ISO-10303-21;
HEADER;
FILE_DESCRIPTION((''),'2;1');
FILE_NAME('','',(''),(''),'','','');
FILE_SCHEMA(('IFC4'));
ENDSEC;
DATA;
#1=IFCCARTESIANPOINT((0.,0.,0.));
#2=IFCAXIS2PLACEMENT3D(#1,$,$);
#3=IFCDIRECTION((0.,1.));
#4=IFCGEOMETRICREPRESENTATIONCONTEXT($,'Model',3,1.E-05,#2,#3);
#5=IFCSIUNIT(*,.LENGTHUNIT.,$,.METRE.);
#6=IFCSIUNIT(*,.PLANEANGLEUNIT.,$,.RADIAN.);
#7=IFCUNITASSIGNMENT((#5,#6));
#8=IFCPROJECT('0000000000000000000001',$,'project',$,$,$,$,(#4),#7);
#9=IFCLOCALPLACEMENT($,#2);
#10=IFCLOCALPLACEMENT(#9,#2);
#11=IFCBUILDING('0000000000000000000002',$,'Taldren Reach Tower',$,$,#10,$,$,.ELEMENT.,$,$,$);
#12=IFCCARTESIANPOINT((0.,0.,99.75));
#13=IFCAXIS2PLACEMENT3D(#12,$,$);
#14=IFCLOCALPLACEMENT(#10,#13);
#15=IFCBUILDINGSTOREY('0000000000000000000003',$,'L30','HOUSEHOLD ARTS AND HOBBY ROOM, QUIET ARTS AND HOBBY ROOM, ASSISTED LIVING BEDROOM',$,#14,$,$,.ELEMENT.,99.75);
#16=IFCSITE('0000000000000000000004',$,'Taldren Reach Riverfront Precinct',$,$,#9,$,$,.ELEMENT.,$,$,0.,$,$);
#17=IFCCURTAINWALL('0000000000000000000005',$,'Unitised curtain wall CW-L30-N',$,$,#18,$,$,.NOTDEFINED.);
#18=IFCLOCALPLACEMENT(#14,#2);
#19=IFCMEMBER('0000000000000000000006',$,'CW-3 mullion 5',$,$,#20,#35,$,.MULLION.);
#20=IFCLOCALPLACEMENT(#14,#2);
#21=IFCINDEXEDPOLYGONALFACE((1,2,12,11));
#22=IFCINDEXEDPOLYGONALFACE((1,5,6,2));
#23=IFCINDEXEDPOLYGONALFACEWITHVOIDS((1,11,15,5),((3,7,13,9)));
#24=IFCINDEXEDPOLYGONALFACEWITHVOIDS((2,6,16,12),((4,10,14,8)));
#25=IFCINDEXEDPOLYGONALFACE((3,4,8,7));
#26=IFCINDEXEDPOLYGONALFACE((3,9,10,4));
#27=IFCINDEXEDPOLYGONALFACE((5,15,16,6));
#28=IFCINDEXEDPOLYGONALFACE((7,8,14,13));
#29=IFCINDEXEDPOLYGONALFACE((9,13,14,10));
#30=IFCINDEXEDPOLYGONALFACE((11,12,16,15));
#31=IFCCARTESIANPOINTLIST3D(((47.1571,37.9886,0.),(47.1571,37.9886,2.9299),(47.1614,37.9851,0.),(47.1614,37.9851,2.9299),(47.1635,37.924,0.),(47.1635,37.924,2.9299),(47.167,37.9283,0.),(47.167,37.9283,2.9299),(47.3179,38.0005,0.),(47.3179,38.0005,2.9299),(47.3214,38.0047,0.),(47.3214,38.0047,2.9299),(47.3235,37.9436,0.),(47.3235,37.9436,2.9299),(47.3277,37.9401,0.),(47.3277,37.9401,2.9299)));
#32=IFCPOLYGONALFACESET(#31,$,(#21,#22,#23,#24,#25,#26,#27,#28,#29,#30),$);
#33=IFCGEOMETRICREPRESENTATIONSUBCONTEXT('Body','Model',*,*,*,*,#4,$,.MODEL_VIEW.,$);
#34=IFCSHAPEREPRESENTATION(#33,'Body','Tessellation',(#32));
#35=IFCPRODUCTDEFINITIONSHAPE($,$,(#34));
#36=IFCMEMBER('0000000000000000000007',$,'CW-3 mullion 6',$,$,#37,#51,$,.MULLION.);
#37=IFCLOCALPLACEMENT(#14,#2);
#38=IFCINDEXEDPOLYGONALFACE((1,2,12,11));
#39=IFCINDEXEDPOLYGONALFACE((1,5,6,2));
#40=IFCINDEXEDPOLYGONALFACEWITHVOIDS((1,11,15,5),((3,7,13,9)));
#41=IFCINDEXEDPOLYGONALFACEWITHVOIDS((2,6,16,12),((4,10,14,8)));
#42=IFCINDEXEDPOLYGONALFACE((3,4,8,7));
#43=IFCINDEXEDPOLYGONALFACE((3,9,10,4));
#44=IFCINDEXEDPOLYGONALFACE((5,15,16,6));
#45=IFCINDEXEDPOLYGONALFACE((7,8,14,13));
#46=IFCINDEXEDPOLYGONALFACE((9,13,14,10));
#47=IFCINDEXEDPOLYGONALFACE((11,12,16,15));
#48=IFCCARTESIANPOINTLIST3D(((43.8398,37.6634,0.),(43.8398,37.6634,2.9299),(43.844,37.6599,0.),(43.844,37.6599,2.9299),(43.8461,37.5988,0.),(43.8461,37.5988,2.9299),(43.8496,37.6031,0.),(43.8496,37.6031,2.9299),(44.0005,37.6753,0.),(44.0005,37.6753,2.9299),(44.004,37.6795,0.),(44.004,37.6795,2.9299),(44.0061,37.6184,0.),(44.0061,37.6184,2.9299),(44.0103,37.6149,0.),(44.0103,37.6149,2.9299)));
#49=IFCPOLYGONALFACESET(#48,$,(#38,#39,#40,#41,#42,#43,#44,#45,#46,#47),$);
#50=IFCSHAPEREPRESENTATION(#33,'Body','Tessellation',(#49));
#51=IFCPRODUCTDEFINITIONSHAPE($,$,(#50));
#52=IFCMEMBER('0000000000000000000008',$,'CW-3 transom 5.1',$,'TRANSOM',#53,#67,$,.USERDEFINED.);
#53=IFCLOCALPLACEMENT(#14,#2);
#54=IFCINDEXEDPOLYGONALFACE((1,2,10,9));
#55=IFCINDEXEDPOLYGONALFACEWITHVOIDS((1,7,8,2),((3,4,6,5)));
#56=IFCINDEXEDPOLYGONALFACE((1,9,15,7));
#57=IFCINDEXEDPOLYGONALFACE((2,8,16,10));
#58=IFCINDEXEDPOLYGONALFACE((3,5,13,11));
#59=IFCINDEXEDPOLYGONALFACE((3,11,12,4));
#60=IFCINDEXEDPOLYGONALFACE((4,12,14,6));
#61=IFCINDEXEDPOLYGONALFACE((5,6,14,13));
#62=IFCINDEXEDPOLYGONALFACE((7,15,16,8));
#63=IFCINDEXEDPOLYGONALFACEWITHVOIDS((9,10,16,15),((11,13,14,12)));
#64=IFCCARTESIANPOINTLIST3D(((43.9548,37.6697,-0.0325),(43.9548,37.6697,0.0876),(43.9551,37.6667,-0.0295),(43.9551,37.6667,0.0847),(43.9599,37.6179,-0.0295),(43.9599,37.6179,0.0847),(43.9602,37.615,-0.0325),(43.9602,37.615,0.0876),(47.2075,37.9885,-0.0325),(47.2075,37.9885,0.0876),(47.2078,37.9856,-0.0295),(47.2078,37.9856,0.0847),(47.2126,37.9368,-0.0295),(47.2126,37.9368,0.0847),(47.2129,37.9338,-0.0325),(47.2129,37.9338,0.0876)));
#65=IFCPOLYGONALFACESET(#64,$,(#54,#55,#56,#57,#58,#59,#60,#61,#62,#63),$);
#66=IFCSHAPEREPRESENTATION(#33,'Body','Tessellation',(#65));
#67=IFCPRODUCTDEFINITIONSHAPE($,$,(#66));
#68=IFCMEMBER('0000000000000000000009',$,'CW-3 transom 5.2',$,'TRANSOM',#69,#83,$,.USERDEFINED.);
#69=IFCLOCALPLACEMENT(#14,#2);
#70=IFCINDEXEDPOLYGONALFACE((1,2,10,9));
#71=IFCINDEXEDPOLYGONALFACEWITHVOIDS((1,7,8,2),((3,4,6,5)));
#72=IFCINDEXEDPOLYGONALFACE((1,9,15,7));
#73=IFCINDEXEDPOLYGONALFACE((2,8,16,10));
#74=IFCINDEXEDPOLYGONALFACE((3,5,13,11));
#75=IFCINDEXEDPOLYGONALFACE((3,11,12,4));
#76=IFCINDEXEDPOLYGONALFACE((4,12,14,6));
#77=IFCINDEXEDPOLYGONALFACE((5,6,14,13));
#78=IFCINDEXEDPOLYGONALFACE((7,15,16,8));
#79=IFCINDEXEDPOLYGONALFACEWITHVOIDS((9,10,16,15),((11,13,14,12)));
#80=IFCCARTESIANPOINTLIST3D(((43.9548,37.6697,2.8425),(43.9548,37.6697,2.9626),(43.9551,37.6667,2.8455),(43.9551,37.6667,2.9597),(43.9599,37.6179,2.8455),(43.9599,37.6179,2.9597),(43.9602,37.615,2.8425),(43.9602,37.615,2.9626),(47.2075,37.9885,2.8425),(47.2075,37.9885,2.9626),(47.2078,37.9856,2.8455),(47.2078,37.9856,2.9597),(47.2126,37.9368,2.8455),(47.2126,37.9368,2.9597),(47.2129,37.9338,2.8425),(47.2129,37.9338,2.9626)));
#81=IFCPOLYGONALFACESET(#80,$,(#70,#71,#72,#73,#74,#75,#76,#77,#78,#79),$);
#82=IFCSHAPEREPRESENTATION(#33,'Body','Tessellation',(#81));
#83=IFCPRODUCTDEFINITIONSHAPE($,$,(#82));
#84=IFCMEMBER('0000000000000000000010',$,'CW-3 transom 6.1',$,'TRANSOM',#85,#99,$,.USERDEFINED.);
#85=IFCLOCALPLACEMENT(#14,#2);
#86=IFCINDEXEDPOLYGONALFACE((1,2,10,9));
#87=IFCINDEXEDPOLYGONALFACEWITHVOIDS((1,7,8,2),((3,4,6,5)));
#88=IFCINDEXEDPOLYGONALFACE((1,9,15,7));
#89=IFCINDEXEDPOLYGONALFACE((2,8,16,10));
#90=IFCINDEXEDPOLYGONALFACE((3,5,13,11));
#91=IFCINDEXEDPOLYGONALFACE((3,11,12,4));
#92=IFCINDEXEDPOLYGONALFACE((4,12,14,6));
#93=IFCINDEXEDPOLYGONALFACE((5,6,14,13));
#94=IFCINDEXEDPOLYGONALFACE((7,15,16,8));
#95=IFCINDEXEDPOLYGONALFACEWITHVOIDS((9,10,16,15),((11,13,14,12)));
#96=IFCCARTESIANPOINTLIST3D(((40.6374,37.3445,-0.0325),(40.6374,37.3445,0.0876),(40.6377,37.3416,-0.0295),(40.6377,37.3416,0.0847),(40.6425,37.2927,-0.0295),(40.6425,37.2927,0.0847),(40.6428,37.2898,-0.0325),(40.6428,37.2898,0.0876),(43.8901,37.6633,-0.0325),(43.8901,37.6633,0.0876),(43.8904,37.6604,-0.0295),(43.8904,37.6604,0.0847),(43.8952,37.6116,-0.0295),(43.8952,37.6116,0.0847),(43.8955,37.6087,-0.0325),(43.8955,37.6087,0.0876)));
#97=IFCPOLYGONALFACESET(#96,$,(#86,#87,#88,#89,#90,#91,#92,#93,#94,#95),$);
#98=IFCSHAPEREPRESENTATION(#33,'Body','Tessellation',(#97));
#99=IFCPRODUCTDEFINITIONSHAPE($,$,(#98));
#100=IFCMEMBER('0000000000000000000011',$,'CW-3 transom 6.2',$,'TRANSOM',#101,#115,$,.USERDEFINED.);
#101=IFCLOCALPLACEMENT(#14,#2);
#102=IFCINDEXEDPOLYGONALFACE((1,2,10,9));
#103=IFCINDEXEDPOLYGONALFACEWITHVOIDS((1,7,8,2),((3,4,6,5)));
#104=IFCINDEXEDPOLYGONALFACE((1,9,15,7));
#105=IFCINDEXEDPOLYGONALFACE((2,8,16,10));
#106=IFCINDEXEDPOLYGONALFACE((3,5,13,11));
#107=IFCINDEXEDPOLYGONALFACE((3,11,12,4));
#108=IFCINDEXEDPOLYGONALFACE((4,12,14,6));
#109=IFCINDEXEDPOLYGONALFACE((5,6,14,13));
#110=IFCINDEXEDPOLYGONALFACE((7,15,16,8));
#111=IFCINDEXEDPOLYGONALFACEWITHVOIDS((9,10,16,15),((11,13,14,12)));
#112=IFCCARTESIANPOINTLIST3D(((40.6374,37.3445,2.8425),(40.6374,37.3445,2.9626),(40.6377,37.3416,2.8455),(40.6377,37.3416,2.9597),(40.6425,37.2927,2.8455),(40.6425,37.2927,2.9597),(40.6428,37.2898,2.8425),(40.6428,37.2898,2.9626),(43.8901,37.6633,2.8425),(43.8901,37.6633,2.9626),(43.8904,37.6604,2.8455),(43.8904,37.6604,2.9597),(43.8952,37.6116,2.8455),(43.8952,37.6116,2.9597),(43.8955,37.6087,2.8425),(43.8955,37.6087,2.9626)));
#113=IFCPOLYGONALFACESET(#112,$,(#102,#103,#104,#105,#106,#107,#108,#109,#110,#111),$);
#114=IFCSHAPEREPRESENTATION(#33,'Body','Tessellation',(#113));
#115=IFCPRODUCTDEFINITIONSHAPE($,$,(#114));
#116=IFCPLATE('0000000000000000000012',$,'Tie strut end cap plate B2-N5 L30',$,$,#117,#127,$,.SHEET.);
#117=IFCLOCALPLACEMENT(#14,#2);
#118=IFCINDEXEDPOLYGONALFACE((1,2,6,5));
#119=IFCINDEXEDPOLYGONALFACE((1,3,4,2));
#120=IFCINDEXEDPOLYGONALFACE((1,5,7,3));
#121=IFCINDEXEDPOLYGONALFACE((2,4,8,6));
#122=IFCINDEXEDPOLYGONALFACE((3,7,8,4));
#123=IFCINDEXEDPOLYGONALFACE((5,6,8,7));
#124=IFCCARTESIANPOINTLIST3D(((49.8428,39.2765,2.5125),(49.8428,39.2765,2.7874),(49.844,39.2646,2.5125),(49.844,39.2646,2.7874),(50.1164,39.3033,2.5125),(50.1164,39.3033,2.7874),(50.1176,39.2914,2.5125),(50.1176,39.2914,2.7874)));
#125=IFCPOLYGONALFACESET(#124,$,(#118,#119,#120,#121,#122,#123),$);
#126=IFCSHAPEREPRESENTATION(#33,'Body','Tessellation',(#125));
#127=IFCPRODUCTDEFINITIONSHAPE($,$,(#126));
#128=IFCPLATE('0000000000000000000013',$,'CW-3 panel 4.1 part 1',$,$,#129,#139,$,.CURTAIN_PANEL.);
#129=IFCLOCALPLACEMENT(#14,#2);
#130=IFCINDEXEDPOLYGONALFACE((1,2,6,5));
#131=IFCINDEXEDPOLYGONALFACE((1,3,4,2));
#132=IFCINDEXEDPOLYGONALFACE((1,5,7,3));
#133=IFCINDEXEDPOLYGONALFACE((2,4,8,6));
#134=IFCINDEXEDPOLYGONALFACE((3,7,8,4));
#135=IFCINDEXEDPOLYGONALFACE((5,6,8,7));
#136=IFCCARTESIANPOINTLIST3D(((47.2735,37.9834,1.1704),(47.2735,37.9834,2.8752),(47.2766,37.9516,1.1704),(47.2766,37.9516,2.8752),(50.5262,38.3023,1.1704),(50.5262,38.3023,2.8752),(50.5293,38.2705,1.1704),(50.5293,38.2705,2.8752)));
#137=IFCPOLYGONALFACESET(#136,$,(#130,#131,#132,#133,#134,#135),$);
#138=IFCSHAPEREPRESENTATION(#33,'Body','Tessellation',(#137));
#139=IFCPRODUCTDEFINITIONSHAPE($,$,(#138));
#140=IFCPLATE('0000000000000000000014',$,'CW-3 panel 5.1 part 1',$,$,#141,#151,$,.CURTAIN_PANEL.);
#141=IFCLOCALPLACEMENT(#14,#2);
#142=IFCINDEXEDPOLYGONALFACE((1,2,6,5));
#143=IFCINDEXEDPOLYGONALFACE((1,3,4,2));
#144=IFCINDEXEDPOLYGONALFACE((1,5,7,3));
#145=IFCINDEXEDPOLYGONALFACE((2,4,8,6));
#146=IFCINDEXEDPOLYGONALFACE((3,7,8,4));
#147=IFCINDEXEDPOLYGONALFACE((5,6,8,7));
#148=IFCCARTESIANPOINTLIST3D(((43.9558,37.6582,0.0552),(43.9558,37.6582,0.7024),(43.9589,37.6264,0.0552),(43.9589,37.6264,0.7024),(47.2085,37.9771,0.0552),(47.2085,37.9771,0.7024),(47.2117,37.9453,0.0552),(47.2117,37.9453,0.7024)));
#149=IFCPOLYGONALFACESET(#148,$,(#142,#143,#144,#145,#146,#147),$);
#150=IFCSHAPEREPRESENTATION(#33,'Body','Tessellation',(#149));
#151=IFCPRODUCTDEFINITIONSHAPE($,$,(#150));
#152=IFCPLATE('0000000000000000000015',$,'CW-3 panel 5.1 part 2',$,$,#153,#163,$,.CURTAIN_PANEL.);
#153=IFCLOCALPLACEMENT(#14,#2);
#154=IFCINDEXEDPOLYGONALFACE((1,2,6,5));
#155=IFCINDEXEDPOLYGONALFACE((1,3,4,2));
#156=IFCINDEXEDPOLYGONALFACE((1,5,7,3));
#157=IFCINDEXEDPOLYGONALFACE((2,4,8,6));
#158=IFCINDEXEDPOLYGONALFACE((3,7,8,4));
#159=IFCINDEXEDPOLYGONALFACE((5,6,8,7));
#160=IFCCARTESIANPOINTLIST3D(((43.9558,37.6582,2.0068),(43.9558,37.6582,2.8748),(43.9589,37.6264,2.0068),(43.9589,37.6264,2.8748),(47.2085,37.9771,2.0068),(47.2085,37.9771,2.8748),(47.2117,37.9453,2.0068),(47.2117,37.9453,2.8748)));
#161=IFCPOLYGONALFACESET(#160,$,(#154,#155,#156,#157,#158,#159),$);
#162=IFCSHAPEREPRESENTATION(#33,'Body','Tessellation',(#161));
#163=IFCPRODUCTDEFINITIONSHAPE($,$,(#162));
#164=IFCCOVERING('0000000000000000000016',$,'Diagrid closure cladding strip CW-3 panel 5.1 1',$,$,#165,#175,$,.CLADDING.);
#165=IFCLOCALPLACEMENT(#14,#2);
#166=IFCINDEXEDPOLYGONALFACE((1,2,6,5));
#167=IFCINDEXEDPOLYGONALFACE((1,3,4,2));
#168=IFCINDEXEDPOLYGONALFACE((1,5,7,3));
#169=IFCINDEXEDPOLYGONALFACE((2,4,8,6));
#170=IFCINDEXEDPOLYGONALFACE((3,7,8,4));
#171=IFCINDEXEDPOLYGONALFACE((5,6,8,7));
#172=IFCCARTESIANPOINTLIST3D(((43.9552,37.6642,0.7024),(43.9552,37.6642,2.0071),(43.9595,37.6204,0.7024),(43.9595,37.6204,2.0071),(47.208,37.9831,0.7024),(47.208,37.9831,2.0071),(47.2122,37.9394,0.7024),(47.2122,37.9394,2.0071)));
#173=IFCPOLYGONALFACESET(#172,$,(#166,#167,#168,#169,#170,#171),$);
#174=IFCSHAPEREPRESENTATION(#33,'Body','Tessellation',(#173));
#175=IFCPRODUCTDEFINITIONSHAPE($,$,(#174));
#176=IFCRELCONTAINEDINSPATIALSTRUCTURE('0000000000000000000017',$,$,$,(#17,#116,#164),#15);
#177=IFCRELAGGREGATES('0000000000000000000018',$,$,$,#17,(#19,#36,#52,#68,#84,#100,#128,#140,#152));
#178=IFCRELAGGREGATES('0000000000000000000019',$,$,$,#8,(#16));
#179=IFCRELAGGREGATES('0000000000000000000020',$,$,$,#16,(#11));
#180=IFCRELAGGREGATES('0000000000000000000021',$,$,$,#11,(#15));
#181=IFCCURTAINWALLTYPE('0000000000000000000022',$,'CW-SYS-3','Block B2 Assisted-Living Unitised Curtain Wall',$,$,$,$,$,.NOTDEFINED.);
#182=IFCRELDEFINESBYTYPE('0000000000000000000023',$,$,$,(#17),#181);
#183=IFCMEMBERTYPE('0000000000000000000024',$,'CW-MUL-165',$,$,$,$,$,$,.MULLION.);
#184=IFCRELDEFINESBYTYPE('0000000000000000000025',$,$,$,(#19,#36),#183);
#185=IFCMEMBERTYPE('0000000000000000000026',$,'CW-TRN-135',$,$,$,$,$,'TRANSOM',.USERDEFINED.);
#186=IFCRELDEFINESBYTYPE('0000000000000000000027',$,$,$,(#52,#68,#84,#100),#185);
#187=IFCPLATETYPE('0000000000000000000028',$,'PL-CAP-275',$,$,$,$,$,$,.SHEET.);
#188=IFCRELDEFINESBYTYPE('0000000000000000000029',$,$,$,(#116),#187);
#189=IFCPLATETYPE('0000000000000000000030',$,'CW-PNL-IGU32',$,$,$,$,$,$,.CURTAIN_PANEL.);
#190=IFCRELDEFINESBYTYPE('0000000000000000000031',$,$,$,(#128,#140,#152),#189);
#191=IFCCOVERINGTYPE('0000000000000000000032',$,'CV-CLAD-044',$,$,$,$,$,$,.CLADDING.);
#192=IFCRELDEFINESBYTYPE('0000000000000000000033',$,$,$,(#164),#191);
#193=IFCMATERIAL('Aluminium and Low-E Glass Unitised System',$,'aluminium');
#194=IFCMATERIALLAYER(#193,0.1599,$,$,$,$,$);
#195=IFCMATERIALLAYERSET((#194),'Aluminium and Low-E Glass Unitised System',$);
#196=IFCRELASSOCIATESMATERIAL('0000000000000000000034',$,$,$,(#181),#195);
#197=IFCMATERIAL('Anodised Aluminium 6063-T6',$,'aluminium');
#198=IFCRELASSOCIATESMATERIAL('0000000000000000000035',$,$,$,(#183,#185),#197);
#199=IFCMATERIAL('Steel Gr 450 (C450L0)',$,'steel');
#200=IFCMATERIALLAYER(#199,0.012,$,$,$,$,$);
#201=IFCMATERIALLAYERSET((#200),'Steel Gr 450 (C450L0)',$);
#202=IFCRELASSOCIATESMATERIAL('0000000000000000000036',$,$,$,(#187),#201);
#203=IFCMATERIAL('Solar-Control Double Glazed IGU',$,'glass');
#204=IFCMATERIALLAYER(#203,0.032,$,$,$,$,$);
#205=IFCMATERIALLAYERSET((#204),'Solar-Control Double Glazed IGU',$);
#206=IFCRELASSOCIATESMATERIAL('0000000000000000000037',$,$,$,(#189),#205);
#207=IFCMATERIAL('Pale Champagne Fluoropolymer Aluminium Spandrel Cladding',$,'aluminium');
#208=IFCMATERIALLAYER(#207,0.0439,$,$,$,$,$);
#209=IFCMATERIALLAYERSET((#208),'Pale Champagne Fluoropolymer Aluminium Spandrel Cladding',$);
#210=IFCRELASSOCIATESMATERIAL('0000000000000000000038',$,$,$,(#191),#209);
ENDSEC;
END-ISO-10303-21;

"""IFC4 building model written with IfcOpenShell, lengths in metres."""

from ifc_helpers import new_model, si_unit, direction, frame, origin, origin_2d, place, context, subcontext, project, spatial, rectangle, hollow_rectangle, extrude, source, transform, mapped, material, layer, layer_set, material_profile, profile_set, type_object, element, aggregate, save


model = new_model("IFC4")

# Units and contexts
model_context = context("Model", 3, precision=1e-05, world=origin(), true_north=direction((0.0, 1.0)))
body_context = subcontext(model_context, "Body", "Model", "MODEL_VIEW")
ifc_project = project(units=[si_unit("LENGTHUNIT", "METRE"), si_unit("PLANEANGLEUNIT", "RADIAN")], contexts=[model_context])

# Site, building, storey
site_placement = place(None, origin())
site = spatial("IfcSite", under=ifc_project, at=site_placement, Name="Taldren Reach Riverfront Precinct", CompositionType="ELEMENT", RefElevation=0.0)
building_placement = place(site_placement, origin())
building = spatial("IfcBuilding", under=site, at=building_placement, Name="Taldren Reach Tower", CompositionType="ELEMENT")
storey_placement = place(building_placement, frame((0.0, 0.0, 99.75)))
storey = spatial("IfcBuildingStorey", under=building, at=storey_placement, Name="L30", Description="HOUSEHOLD ARTS AND HOBBY ROOM, QUIET ARTS AND HOBBY ROOM, ASSISTED LIVING BEDROOM", CompositionType="ELEMENT", Elevation=99.75)

# Shared definitions
ifc_material_1 = material(Name="Steel Gr 450 (C450L0)", Category="steel")

# Curtain wall, members
ifc_material_2 = material(Name="Aluminium and Low-E Glass Unitised System", Category="aluminium")
ifc_layer_1 = layer(ifc_material_2, 0.1599)
ifc_layer_set_1 = layer_set([ifc_layer_1], Name="Aluminium and Low-E Glass Unitised System")
curtain_wall_type = type_object("IfcCurtainWallType", Name="CW-SYS-3", Description="Block B2 Assisted-Living Unitised Curtain Wall", PredefinedType="NOTDEFINED", material=ifc_layer_set_1)
curtain_wall_placement = place(storey_placement, origin())
curtain_wall = element("IfcCurtainWall", 1, at=curtain_wall_placement, inside=storey, type_object=curtain_wall_type, Name="Unitised curtain wall CW-L30-N", PredefinedType="NOTDEFINED")
ifc_material_3 = material(Name="Anodised Aluminium 6063-T6", Category="aluminium")
ifc_material_profile_1 = material_profile(ifc_material_3, hollow_rectangle(XDim=0.0649, YDim=0.165, WallThickness=0.0039, at=origin_2d()), Name="ALU-165x65x4RHS")
ifc_profile_set_1 = profile_set([ifc_material_profile_1], Name="Anodised Aluminium 6063-T6")
member_type_1 = type_object("IfcMemberType", Name="CW-MUL-165", PredefinedType="MULLION", material=ifc_profile_set_1)
shared_shape_1 = source(origin(), body_context, "Body", "SweptSolid", [
    extrude(hollow_rectangle(XDim=0.0649, YDim=0.165, WallThickness=0.0039, at=origin_2d()), origin(), (0.0, 0.0, 1.0), 2.9299),
])
member_1_placement = place(storey_placement, frame((47.2424, 37.9644, 0.0), z_axis=(0.0, 0.0, 1.0), x_axis=(0.097583, -0.995227, 0.0)))
member_1 = element("IfcMember", 2, at=member_1_placement, type_object=member_type_1, Name="CW-3 mullion 5", PredefinedType="MULLION", context=body_context, shape_type="MappedRepresentation", body=[
    mapped(shared_shape_1, transform((0.0, 0.0, 0.0), scale=1.0)),
])
member_2_placement = place(storey_placement, frame((43.925, 37.6392, 0.0), z_axis=(0.0, 0.0, 1.0), x_axis=(0.097583, -0.995227, 0.0)))
member_2 = element("IfcMember", 3, at=member_2_placement, type_object=member_type_1, Name="CW-3 mullion 6", PredefinedType="MULLION", context=body_context, shape_type="MappedRepresentation", body=[
    mapped(shared_shape_1, transform((0.0, 0.0, 0.0), scale=1.0)),
])
ifc_material_profile_2 = material_profile(ifc_material_3, hollow_rectangle(XDim=0.0549, YDim=0.1201, WallThickness=0.0029, at=origin_2d()), Name="ALU-120x55x3RHS")
ifc_profile_set_2 = profile_set([ifc_material_profile_2], Name="Anodised Aluminium 6063-T6")
member_type_2 = type_object("IfcMemberType", Name="CW-TRN-135", ElementType="TRANSOM", PredefinedType="USERDEFINED", material=ifc_profile_set_2)
shared_shape_2 = source(origin(), body_context, "Body", "SweptSolid", [
    extrude(hollow_rectangle(XDim=0.0549, YDim=0.1201, WallThickness=0.0029, at=origin_2d()), origin(), (0.0, 0.0, 1.0), 3.2683),
])
member_3_placement = place(storey_placement, frame((47.2102, 37.9612, 0.0276), z_axis=(-0.99523, -0.097558, 0.0), x_axis=(0.097558, -0.99523, 0.0)))
member_3 = element("IfcMember", 4, at=member_3_placement, type_object=member_type_2, Name="CW-3 transom 5.1", ObjectType="TRANSOM", PredefinedType="USERDEFINED", context=body_context, shape_type="MappedRepresentation", body=[
    mapped(shared_shape_2, transform((0.0, 0.0, 0.0), scale=1.0)),
])
member_4_placement = place(storey_placement, frame((47.2102, 37.9612, 2.9026), z_axis=(-0.99523, -0.097558, 0.0), x_axis=(0.097558, -0.99523, 0.0)))
member_4 = element("IfcMember", 5, at=member_4_placement, type_object=member_type_2, Name="CW-3 transom 5.2", ObjectType="TRANSOM", PredefinedType="USERDEFINED", context=body_context, shape_type="MappedRepresentation", body=[
    mapped(shared_shape_2, transform((0.0, 0.0, 0.0), scale=1.0)),
])
member_5_placement = place(storey_placement, frame((43.8928, 37.636, 0.0276), z_axis=(-0.99523, -0.097558, 0.0), x_axis=(0.097558, -0.99523, 0.0)))
member_5 = element("IfcMember", 6, at=member_5_placement, type_object=member_type_2, Name="CW-3 transom 6.1", ObjectType="TRANSOM", PredefinedType="USERDEFINED", context=body_context, shape_type="MappedRepresentation", body=[
    mapped(shared_shape_2, transform((0.0, 0.0, 0.0), scale=1.0)),
])
member_6_placement = place(storey_placement, frame((43.8928, 37.636, 2.9026), z_axis=(-0.99523, -0.097558, 0.0), x_axis=(0.097558, -0.99523, 0.0)))
member_6 = element("IfcMember", 7, at=member_6_placement, type_object=member_type_2, Name="CW-3 transom 6.2", ObjectType="TRANSOM", PredefinedType="USERDEFINED", context=body_context, shape_type="MappedRepresentation", body=[
    mapped(shared_shape_2, transform((0.0, 0.0, 0.0), scale=1.0)),
])

# Plates
ifc_layer_2 = layer(ifc_material_1, 0.012)
ifc_layer_set_2 = layer_set([ifc_layer_2], Name="Steel Gr 450 (C450L0)")
plate_type_1 = type_object("IfcPlateType", Name="PL-CAP-275", PredefinedType="SHEET", material=ifc_layer_set_2)
shared_shape_3 = source(origin(), body_context, "Body", "SweptSolid", [
    extrude(rectangle(XDim=0.2749, YDim=0.012, at=origin_2d()), origin(), (0.0, 0.0, 1.0), 0.2749),
])
plate_1_placement = place(storey_placement, frame((49.9802, 39.2839, 2.5125), z_axis=(0.0, 0.0, 1.0), x_axis=(0.995227, 0.097583, 0.0)))
element("IfcPlate", 8, at=plate_1_placement, inside=storey, type_object=plate_type_1, Name="Tie strut end cap plate B2-N5 L30", PredefinedType="SHEET", context=body_context, shape_type="MappedRepresentation", body=[
    mapped(shared_shape_3, transform((0.0, 0.0, 0.0), scale=1.0)),
])
ifc_material_4 = material(Name="Solar-Control Double Glazed IGU", Category="glass")
ifc_layer_3 = layer(ifc_material_4, 0.032)
ifc_layer_set_3 = layer_set([ifc_layer_3], Name="Solar-Control Double Glazed IGU")
plate_type_2 = type_object("IfcPlateType", Name="CW-PNL-IGU32", PredefinedType="CURTAIN_PANEL", material=ifc_layer_set_3)
shared_shape_4 = source(origin(), body_context, "Body", "SweptSolid", [
    extrude(rectangle(XDim=3.2683, YDim=0.032, at=origin_2d()), origin(), (0.0, 0.0, 1.0), 1.7048),
])
plate_2_placement = place(storey_placement, frame((48.9014, 38.127, 1.1704), z_axis=(0.0, 0.0, 1.0), x_axis=(-0.995227, -0.097583, 0.0)))
plate_2 = element("IfcPlate", 9, at=plate_2_placement, type_object=plate_type_2, Name="CW-3 panel 4.1 part 1", PredefinedType="CURTAIN_PANEL", context=body_context, shape_type="MappedRepresentation", body=[
    mapped(shared_shape_4, transform((0.0, 0.0, 0.0), scale=1.0)),
])
shared_shape_5 = source(origin(), body_context, "Body", "SweptSolid", [
    extrude(rectangle(XDim=3.2683, YDim=0.032, at=origin_2d()), origin(), (0.0, 0.0, 1.0), 0.6472),
])
plate_3_placement = place(storey_placement, frame((45.5837, 37.8018, 0.0552), z_axis=(0.0, 0.0, 1.0), x_axis=(-0.995227, -0.097583, 0.0)))
plate_3 = element("IfcPlate", 10, at=plate_3_placement, type_object=plate_type_2, Name="CW-3 panel 5.1 part 1", PredefinedType="CURTAIN_PANEL", context=body_context, shape_type="MappedRepresentation", body=[
    mapped(shared_shape_5, transform((0.0, 0.0, 0.0), scale=1.0)),
])
shared_shape_6 = source(origin(), body_context, "Body", "SweptSolid", [
    extrude(rectangle(XDim=3.2683, YDim=0.032, at=origin_2d()), origin(), (0.0, 0.0, 1.0), 0.8679),
])
plate_4_placement = place(storey_placement, frame((45.5837, 37.8018, 2.0068), z_axis=(0.0, 0.0, 1.0), x_axis=(-0.995227, -0.097583, 0.0)))
plate_4 = element("IfcPlate", 11, at=plate_4_placement, type_object=plate_type_2, Name="CW-3 panel 5.1 part 2", PredefinedType="CURTAIN_PANEL", context=body_context, shape_type="MappedRepresentation", body=[
    mapped(shared_shape_6, transform((0.0, 0.0, 0.0), scale=1.0)),
])
aggregate(curtain_wall, [member_1, member_2, member_3, member_4, member_5, member_6, plate_2, plate_3, plate_4])

# Covering
ifc_material_5 = material(Name="Pale Champagne Fluoropolymer Aluminium Spandrel Cladding", Category="aluminium")
ifc_layer_4 = layer(ifc_material_5, 0.0439)
ifc_layer_set_4 = layer_set([ifc_layer_4], Name="Pale Champagne Fluoropolymer Aluminium Spandrel Cladding")
covering_type = type_object("IfcCoveringType", Name="CV-CLAD-044", PredefinedType="CLADDING", material=ifc_layer_set_4)
shared_shape_7 = source(origin(), body_context, "Body", "SweptSolid", [
    extrude(rectangle(XDim=3.2683, YDim=0.0439, at=origin_2d()), origin(), (0.0, 0.0, 1.0), 1.3047),
])
covering_1_placement = place(storey_placement, frame((45.5837, 37.8018, 0.7024), z_axis=(0.0, 0.0, 1.0), x_axis=(-0.995227, -0.097583, 0.0)))
element("IfcCovering", 12, at=covering_1_placement, inside=storey, type_object=covering_type, Name="Diagrid closure cladding strip CW-3 panel 5.1 1", PredefinedType="CLADDING", context=body_context, shape_type="MappedRepresentation", body=[
    mapped(shared_shape_7, transform((0.0, 0.0, 0.0), scale=1.0)),
])

save(model, "model.ifc")
